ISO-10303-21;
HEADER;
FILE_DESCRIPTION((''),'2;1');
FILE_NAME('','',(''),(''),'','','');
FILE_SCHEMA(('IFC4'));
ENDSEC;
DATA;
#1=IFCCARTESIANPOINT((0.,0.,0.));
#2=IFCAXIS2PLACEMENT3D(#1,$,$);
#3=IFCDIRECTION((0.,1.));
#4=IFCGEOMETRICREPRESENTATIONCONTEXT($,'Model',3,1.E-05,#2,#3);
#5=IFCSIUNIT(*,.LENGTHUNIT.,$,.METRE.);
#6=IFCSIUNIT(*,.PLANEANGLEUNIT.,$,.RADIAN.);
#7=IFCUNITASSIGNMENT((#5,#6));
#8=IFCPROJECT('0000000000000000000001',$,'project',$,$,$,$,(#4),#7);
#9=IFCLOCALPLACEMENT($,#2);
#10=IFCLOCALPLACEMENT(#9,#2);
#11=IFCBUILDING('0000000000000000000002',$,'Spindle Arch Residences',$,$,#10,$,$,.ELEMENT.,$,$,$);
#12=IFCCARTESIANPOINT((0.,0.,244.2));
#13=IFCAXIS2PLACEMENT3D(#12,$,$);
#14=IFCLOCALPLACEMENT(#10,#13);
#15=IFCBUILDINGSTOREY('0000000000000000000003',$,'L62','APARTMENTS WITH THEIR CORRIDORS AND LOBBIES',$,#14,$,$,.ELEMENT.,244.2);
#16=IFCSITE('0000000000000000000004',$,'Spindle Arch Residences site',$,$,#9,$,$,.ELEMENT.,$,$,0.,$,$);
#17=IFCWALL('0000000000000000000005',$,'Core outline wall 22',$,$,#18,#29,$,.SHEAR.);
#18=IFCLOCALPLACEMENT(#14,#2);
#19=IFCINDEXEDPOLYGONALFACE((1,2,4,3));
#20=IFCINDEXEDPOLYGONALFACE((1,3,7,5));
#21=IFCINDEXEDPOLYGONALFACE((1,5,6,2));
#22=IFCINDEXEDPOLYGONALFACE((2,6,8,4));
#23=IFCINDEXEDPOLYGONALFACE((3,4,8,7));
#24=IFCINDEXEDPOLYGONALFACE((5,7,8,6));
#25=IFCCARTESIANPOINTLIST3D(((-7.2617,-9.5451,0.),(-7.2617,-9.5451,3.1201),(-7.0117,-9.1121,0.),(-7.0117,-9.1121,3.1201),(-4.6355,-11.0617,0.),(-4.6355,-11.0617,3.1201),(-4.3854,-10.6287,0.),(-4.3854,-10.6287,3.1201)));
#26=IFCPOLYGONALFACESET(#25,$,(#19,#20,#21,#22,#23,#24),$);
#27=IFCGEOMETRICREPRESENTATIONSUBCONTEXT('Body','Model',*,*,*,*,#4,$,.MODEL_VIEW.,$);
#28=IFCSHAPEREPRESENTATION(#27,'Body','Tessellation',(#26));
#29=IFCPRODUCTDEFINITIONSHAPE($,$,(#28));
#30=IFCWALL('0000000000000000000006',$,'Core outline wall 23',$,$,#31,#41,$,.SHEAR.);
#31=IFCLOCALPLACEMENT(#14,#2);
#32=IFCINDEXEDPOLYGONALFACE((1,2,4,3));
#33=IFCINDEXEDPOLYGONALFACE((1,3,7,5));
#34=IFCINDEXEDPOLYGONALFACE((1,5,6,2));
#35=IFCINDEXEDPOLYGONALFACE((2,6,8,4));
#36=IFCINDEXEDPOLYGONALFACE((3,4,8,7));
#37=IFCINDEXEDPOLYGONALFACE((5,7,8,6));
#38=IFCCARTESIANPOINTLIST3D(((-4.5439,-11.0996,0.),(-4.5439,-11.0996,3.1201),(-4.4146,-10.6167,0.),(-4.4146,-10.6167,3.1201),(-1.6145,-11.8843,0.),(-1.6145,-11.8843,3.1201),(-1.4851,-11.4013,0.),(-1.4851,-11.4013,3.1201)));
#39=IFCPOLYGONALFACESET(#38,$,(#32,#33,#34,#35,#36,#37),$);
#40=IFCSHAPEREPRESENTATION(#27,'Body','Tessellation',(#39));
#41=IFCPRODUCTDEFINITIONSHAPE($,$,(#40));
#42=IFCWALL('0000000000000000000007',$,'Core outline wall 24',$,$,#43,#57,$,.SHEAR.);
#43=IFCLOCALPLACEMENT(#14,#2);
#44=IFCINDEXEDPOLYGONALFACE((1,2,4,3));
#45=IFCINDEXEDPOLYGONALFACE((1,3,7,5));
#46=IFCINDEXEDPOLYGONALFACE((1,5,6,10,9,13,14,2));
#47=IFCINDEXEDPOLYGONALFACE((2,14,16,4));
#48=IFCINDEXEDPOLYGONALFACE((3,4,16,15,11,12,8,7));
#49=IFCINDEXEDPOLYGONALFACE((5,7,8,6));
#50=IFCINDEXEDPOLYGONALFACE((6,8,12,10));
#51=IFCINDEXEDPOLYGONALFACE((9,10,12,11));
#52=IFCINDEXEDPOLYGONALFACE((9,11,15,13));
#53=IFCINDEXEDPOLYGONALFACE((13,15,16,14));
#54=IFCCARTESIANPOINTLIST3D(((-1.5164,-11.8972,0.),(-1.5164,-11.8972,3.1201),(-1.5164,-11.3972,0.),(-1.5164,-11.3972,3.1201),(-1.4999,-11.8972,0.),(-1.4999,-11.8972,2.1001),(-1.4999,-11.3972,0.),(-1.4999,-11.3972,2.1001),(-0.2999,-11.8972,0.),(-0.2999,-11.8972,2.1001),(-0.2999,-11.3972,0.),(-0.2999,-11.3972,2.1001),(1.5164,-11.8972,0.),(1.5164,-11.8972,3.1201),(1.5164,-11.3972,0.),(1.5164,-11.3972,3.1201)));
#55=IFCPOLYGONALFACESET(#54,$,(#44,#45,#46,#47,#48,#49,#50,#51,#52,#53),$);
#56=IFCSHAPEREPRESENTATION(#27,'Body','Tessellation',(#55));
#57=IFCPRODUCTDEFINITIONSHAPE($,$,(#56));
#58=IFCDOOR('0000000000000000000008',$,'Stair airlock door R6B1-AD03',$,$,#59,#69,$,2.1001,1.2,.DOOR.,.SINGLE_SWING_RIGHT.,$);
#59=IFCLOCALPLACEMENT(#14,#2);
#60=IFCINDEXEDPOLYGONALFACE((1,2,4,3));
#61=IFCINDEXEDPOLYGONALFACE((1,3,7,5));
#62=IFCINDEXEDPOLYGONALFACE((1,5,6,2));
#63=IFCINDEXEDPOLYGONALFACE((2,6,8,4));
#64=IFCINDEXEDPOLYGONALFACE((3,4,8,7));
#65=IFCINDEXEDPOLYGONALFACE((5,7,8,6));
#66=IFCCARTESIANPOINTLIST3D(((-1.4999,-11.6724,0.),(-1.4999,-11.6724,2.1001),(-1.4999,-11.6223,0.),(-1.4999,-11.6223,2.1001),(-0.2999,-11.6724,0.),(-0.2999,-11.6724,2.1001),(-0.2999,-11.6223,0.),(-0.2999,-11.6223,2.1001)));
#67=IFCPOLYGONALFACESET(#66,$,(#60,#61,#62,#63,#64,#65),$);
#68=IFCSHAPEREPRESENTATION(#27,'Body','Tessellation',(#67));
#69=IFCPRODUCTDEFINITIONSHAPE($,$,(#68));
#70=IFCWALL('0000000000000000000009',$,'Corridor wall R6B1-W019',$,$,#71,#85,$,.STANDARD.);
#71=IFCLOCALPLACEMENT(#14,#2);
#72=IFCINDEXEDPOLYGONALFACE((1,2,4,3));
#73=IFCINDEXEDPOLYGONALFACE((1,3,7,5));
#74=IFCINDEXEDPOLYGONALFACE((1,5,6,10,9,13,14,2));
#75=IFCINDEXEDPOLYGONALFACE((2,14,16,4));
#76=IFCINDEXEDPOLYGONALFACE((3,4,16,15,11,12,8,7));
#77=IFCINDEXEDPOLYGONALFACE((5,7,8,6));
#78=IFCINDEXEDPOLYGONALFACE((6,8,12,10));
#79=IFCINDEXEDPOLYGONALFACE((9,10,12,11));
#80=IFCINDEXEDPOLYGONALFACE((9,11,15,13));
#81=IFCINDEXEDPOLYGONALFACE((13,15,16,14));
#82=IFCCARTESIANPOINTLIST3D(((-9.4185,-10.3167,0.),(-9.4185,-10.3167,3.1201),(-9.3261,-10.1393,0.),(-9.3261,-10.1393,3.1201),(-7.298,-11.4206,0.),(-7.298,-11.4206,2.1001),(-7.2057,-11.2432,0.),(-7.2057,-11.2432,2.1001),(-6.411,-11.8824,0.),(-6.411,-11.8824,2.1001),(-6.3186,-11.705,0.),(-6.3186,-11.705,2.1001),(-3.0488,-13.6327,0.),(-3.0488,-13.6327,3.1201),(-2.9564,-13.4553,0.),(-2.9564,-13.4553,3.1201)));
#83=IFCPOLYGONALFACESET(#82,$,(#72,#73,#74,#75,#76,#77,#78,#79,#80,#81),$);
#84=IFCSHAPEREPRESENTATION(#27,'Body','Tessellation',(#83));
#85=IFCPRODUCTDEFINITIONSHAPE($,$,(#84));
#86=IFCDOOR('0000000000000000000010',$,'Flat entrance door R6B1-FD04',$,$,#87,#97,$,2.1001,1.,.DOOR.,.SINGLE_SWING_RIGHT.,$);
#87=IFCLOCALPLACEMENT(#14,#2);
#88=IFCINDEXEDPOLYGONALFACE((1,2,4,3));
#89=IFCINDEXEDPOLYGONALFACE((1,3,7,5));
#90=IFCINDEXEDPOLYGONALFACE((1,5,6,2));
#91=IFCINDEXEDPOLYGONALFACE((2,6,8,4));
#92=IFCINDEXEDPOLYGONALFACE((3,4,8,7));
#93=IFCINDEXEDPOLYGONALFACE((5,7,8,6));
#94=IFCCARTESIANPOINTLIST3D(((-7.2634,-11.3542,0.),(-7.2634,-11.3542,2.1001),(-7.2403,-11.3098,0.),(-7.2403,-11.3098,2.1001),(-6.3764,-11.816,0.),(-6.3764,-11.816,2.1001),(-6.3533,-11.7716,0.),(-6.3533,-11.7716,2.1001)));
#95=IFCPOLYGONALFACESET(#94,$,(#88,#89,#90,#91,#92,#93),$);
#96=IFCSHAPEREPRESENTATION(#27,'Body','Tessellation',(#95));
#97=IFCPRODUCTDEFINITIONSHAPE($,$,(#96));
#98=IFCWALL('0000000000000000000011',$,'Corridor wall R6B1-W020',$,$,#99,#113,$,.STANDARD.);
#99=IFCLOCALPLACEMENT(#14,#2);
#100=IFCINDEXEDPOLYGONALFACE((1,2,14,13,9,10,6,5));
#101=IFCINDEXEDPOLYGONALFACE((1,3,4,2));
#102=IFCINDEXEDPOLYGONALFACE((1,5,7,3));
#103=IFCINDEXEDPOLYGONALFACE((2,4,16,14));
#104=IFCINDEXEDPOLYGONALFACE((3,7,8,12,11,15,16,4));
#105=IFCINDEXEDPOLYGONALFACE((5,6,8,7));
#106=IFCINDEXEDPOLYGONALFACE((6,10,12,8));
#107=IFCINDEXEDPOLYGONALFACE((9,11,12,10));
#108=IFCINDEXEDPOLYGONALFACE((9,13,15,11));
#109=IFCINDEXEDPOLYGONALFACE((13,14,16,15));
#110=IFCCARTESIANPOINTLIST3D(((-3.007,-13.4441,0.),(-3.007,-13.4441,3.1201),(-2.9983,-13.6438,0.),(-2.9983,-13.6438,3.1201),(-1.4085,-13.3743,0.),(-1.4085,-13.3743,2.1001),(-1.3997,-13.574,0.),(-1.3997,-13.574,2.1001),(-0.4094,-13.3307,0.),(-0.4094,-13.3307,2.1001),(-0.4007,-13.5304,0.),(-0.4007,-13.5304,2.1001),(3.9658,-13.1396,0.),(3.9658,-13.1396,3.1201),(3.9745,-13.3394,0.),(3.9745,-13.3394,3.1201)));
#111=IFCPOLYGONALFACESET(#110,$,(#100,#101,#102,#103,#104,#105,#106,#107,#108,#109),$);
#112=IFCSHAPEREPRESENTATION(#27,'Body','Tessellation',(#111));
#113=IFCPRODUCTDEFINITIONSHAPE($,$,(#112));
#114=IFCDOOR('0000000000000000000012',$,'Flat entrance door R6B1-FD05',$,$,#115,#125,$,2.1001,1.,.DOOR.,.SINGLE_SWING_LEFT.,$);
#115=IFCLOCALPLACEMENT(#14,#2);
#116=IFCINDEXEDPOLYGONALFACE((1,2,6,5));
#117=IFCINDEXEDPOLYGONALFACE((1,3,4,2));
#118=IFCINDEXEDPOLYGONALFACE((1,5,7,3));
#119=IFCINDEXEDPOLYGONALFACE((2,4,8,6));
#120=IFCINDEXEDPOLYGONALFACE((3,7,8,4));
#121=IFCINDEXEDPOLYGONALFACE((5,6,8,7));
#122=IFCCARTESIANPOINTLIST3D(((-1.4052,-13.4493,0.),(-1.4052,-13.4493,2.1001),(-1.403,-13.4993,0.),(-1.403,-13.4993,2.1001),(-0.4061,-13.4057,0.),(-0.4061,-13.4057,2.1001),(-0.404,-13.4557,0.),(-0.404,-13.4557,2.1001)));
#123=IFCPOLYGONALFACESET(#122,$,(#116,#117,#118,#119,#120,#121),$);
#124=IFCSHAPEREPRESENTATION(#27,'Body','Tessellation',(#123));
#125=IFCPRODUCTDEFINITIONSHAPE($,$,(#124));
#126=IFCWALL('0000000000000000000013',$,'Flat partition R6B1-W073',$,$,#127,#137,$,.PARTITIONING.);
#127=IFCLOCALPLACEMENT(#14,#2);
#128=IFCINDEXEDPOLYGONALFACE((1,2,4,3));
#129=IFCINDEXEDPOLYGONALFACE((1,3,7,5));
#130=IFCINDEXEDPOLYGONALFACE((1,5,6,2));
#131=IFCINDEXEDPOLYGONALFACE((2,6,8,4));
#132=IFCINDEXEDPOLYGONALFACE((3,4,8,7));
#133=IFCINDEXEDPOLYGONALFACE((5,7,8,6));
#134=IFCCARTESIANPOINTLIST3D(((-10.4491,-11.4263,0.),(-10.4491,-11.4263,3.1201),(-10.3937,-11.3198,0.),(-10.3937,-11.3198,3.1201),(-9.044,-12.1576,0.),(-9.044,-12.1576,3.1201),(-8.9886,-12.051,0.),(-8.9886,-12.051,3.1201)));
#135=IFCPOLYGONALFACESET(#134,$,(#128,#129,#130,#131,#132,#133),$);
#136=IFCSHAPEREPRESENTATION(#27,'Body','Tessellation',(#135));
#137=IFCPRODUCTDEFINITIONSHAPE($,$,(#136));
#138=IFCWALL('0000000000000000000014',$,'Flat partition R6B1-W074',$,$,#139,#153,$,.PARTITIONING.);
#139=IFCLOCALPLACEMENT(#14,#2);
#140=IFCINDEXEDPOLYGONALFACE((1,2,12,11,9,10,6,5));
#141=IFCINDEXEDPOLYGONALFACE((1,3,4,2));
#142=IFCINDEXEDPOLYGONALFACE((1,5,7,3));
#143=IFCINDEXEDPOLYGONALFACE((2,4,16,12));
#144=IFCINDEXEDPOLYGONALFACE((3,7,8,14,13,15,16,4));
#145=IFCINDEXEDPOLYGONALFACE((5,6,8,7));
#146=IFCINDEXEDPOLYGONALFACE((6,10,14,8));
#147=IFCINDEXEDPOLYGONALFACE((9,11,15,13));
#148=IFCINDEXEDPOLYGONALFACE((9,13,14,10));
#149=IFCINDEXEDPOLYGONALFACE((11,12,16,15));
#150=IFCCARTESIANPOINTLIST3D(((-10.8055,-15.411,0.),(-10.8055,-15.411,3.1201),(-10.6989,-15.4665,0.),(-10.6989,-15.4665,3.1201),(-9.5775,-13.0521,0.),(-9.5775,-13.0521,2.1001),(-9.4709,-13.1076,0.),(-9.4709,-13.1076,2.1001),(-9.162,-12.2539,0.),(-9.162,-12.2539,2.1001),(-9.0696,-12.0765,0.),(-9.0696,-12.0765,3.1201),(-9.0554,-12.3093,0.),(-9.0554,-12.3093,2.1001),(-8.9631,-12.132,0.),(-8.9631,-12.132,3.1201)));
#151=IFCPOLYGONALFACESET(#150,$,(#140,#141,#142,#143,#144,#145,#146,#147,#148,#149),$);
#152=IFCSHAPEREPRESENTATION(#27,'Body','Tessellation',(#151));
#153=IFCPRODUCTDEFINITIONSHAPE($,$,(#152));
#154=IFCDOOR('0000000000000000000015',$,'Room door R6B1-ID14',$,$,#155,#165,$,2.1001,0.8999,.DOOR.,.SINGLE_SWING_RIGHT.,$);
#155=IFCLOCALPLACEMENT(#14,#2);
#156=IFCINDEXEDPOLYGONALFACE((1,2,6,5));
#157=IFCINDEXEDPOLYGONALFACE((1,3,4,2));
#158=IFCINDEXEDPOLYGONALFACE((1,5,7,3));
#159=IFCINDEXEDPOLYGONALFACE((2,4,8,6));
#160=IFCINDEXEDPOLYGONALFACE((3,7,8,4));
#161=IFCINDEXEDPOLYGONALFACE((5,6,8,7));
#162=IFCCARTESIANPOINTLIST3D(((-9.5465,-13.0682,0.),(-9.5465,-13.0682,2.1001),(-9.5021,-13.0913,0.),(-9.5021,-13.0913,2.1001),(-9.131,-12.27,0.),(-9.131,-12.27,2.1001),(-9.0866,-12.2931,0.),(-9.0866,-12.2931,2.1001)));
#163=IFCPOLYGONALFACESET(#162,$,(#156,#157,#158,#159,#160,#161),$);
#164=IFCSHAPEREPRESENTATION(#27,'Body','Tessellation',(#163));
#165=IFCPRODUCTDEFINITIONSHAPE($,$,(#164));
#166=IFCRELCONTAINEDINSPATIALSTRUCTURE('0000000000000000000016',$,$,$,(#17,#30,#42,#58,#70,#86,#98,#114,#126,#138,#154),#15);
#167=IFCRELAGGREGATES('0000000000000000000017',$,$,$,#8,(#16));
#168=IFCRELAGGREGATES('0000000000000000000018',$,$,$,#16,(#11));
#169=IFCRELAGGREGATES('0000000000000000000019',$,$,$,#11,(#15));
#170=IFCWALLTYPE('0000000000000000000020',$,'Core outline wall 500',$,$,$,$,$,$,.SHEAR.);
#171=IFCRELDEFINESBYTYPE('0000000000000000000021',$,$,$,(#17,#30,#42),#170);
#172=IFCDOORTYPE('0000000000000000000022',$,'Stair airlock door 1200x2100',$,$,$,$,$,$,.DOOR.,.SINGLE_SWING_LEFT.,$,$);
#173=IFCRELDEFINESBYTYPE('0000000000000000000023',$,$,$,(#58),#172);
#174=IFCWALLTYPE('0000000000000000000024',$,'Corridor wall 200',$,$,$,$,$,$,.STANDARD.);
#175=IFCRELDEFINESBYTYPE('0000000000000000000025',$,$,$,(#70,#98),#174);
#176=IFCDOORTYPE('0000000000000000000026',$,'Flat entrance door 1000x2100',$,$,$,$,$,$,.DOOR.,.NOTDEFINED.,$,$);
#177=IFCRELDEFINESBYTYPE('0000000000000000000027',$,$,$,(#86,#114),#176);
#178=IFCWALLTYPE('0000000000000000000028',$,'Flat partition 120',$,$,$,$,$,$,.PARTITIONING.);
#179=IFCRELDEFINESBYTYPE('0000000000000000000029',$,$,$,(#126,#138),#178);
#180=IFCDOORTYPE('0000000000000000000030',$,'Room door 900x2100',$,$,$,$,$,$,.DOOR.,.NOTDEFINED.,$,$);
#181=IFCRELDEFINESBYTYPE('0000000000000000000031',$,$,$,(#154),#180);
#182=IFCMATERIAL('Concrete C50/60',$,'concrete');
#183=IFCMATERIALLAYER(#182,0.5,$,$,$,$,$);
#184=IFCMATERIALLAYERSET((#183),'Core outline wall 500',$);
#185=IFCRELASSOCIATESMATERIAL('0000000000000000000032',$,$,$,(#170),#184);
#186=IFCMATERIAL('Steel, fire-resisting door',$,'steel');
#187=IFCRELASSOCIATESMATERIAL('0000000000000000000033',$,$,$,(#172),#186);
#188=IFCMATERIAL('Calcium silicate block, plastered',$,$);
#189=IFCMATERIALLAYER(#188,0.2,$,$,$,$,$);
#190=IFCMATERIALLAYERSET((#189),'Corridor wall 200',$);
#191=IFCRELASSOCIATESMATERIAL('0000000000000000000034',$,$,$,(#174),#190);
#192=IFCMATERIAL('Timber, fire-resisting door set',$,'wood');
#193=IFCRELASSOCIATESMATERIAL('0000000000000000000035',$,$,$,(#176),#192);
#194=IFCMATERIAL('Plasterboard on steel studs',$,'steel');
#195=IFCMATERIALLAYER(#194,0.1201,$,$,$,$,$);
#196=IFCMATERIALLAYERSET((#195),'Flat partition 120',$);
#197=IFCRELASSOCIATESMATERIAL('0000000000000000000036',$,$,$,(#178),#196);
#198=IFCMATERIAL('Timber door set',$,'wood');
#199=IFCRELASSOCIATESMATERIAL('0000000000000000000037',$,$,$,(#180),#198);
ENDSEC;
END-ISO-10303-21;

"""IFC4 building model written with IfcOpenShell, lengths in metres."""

from ifc_helpers import new_model, si_unit, direction, frame, frame_2d, origin, place, context, subcontext, project, spatial, rectangle, extrude, material, layer, layer_set, type_object, element, fill, save


model = new_model("IFC4")

# Units and contexts
model_context = context("Model", 3, precision=1e-05, world=origin(), true_north=direction((0.0, 1.0)))
body_context = subcontext(model_context, "Body", "Model", "MODEL_VIEW")
ifc_project = project(units=[si_unit("LENGTHUNIT", "METRE"), si_unit("PLANEANGLEUNIT", "RADIAN")], contexts=[model_context])

# Site, building, storey
site_placement = place(None, origin())
site = spatial("IfcSite", under=ifc_project, at=site_placement, Name="Spindle Arch Residences site", CompositionType="ELEMENT", RefElevation=0.0)
building_placement = place(site_placement, origin())
building = spatial("IfcBuilding", under=site, at=building_placement, Name="Spindle Arch Residences", CompositionType="ELEMENT")
storey_placement = place(building_placement, frame((0.0, 0.0, 244.2)))
storey = spatial("IfcBuildingStorey", under=building, at=storey_placement, Name="L62", Description="APARTMENTS WITH THEIR CORRIDORS AND LOBBIES", CompositionType="ELEMENT", Elevation=244.2)

# Walls
ifc_material_1 = material(Name="Concrete C50/60", Category="concrete")
ifc_layer_1 = layer(ifc_material_1, 0.5)
ifc_layer_set_1 = layer_set([ifc_layer_1], Name="Core outline wall 500")
wall_type_1 = type_object("IfcWallType", Name="Core outline wall 500", PredefinedType="SHEAR", material=ifc_layer_set_1)
for number, where, z_axis, x_axis, name in (
    (1, (-7.1367, -9.3286, 0.0), (0.0, 0.0, 1.0), (0.865975, -0.500087, 0.0), "Core outline wall 22"),
    (2, (-4.4792, -10.8582, 0.0), (0.0, 0.0, 1.0), (0.965948, -0.258735, 0.0), "Core outline wall 23"),
):
    element("IfcWall", number, at=place(storey_placement, frame(where, z_axis=z_axis, x_axis=x_axis)), inside=storey, type_object=wall_type_1, Name=name, PredefinedType="SHEAR", context=body_context, shape_type="SweptSolid", body=[
        extrude(rectangle(XDim=3.0327, YDim=0.5, at=frame_2d((1.5164, 0.0))), origin(), (0.0, 0.0, 1.0), 3.1201),
    ])

# Walls, openings, doors
wall_1_placement = place(storey_placement, frame((-1.5164, -11.6472, 0.0), z_axis=(0.0, 0.0, 1.0), x_axis=(1.0, 0.0, 0.0)))
wall_1 = element("IfcWall", 3, at=wall_1_placement, inside=storey, type_object=wall_type_1, Name="Core outline wall 24", PredefinedType="SHEAR", context=body_context, shape_type="SweptSolid", body=[
    extrude(rectangle(XDim=3.0327, YDim=0.5, at=frame_2d((1.5164, 0.0))), origin(), (0.0, 0.0, 1.0), 3.1201),
])
opening_1_placement = place(wall_1_placement, frame((0.0164, 0.0, 0.0)))
opening_1 = element("IfcOpeningElement", 4, at=opening_1_placement, cuts=wall_1, PredefinedType="OPENING", context=body_context, shape_type="SweptSolid", body=[
    extrude(rectangle(XDim=1.2, YDim=2.1001, at=frame_2d((0.6001, 1.05))), frame((0.0, 0.26, 0.0), z_axis=(0.0, -1.0, 0.0), x_axis=(1.0, 0.0, 0.0)), (0.0, 0.0, 1.0), 0.52),
])
ifc_material_2 = material(Name="Steel, fire-resisting door", Category="steel")
door_type_1 = type_object("IfcDoorType", Name="Stair airlock door 1200x2100", OperationType="SINGLE_SWING_LEFT", PredefinedType="DOOR", material=ifc_material_2)
door_1_placement = place(opening_1_placement, origin())
door_1 = element("IfcDoor", 5, at=door_1_placement, inside=storey, type_object=door_type_1, Name="Stair airlock door R6B1-AD03", OperationType="SINGLE_SWING_RIGHT", OverallHeight=2.1001, OverallWidth=1.2, PredefinedType="DOOR", context=body_context, shape_type="SweptSolid", body=[
    extrude(rectangle(XDim=1.2, YDim=2.1001, at=frame_2d((0.6001, 1.05))), frame((0.0, 0.0249, 0.0), z_axis=(0.0, -1.0, 0.0), x_axis=(1.0, 0.0, 0.0)), (0.0, 0.0, 1.0), 0.05),
])
fill(opening_1, door_1)
ifc_material_3 = material(Name="Calcium silicate block, plastered")
ifc_layer_2 = layer(ifc_material_3, 0.2)
ifc_layer_set_2 = layer_set([ifc_layer_2], Name="Corridor wall 200")
wall_type_2 = type_object("IfcWallType", Name="Corridor wall 200", PredefinedType="STANDARD", material=ifc_layer_set_2)
wall_2_placement = place(storey_placement, frame((-9.3723, -10.228, 0.0), z_axis=(0.0, 0.0, 1.0), x_axis=(0.887005, -0.461759, 0.0)))
wall_2 = element("IfcWall", 6, at=wall_2_placement, inside=storey, type_object=wall_type_2, Name="Corridor wall R6B1-W019", PredefinedType="STANDARD", context=body_context, shape_type="SweptSolid", body=[
    extrude(rectangle(XDim=7.1812, YDim=0.2, at=frame_2d((3.5906, 0.0))), origin(), (0.0, 0.0, 1.0), 3.1201),
])
opening_2_placement = place(wall_2_placement, frame((2.3906, 0.0, 0.0)))
opening_2 = element("IfcOpeningElement", 7, at=opening_2_placement, cuts=wall_2, PredefinedType="OPENING", context=body_context, shape_type="SweptSolid", body=[
    extrude(rectangle(XDim=1.0, YDim=2.1001, at=frame_2d((0.5, 1.05))), frame((0.0, 0.1099, 0.0), z_axis=(0.0, -1.0, 0.0), x_axis=(1.0, 0.0, 0.0)), (0.0, 0.0, 1.0), 0.22),
])
ifc_material_4 = material(Name="Timber, fire-resisting door set", Category="wood")
door_type_2 = type_object("IfcDoorType", Name="Flat entrance door 1000x2100", OperationType="NOTDEFINED", PredefinedType="DOOR", material=ifc_material_4)
door_2_placement = place(opening_2_placement, origin())
door_2 = element("IfcDoor", 8, at=door_2_placement, inside=storey, type_object=door_type_2, Name="Flat entrance door R6B1-FD04", OperationType="SINGLE_SWING_RIGHT", OverallHeight=2.1001, OverallWidth=1.0, PredefinedType="DOOR", context=body_context, shape_type="SweptSolid", body=[
    extrude(rectangle(XDim=1.0, YDim=2.1001, at=frame_2d((0.5, 1.05))), frame((0.0, 0.0249, 0.0), z_axis=(0.0, -1.0, 0.0), x_axis=(1.0, 0.0, 0.0)), (0.0, 0.0, 1.0), 0.05),
])
fill(opening_2, door_2)
wall_3_placement = place(storey_placement, frame((-3.0027, -13.5439, 0.0), z_axis=(0.0, 0.0, 1.0), x_axis=(0.999048, 0.043619, 0.0)))
wall_3 = element("IfcWall", 9, at=wall_3_placement, inside=storey, type_object=wall_type_2, Name="Corridor wall R6B1-W020", PredefinedType="STANDARD", context=body_context, shape_type="SweptSolid", body=[
    extrude(rectangle(XDim=6.9795, YDim=0.2, at=frame_2d((3.4897, 0.0))), origin(), (0.0, 0.0, 1.0), 3.1201),
])
opening_3_placement = place(wall_3_placement, frame((1.6001, 0.0, 0.0)))
opening_3 = element("IfcOpeningElement", 10, at=opening_3_placement, cuts=wall_3, PredefinedType="OPENING", context=body_context, shape_type="SweptSolid", body=[
    extrude(rectangle(XDim=1.0, YDim=2.1001, at=frame_2d((0.5, 1.05))), frame((0.0, 0.1099, 0.0), z_axis=(0.0, -1.0, 0.0), x_axis=(1.0, 0.0, 0.0)), (0.0, 0.0, 1.0), 0.22),
])
door_3_placement = place(opening_3_placement, origin())
door_3 = element("IfcDoor", 11, at=door_3_placement, inside=storey, type_object=door_type_2, Name="Flat entrance door R6B1-FD05", OperationType="SINGLE_SWING_LEFT", OverallHeight=2.1001, OverallWidth=1.0, PredefinedType="DOOR", context=body_context, shape_type="SweptSolid", body=[
    extrude(rectangle(XDim=1.0, YDim=2.1001, at=frame_2d((0.5, 1.05))), frame((0.0, 0.0249, 0.0), z_axis=(0.0, -1.0, 0.0), x_axis=(1.0, 0.0, 0.0)), (0.0, 0.0, 1.0), 0.05),
])
fill(opening_3, door_3)

# Wall
ifc_material_5 = material(Name="Plasterboard on steel studs", Category="steel")
ifc_layer_3 = layer(ifc_material_5, 0.1201)
ifc_layer_set_3 = layer_set([ifc_layer_3], Name="Flat partition 120")
wall_type_3 = type_object("IfcWallType", Name="Flat partition 120", PredefinedType="PARTITIONING", material=ifc_layer_set_3)
wall_4_placement = place(storey_placement, frame((-10.4214, -11.373, 0.0), z_axis=(0.0, 0.0, 1.0), x_axis=(0.887065, -0.461644, 0.0)))
element("IfcWall", 12, at=wall_4_placement, inside=storey, type_object=wall_type_3, Name="Flat partition R6B1-W073", PredefinedType="PARTITIONING", context=body_context, shape_type="SweptSolid", body=[
    extrude(rectangle(XDim=1.584, YDim=0.1201, at=frame_2d((0.792, 0.0))), origin(), (0.0, 0.0, 1.0), 3.1201),
])

# Wall, opening, door
wall_5_placement = place(storey_placement, frame((-9.0164, -12.1042, 0.0), z_axis=(0.0, 0.0, 1.0), x_axis=(-0.461753, -0.887008, 0.0)))
wall_5 = element("IfcWall", 13, at=wall_5_placement, inside=storey, type_object=wall_type_3, Name="Flat partition R6B1-W074", PredefinedType="PARTITIONING", context=body_context, shape_type="SweptSolid", body=[
    extrude(rectangle(XDim=3.7593, YDim=0.1201, at=frame_2d((1.8796, 0.0))), origin(), (0.0, 0.0, 1.0), 3.1201),
])
opening_4_placement = place(wall_5_placement, frame((0.2, 0.0, 0.0)))
opening_4 = element("IfcOpeningElement", 14, at=opening_4_placement, cuts=wall_5, PredefinedType="OPENING", context=body_context, shape_type="SweptSolid", body=[
    extrude(rectangle(XDim=0.8999, YDim=2.1001, at=frame_2d((0.45, 1.05))), frame((0.0, 0.0701, 0.0), z_axis=(0.0, -1.0, 0.0), x_axis=(1.0, 0.0, 0.0)), (0.0, 0.0, 1.0), 0.1401),
])
ifc_material_6 = material(Name="Timber door set", Category="wood")
door_type_3 = type_object("IfcDoorType", Name="Room door 900x2100", OperationType="NOTDEFINED", PredefinedType="DOOR", material=ifc_material_6)
door_4_placement = place(opening_4_placement, origin())
door_4 = element("IfcDoor", 15, at=door_4_placement, inside=storey, type_object=door_type_3, Name="Room door R6B1-ID14", OperationType="SINGLE_SWING_RIGHT", OverallHeight=2.1001, OverallWidth=0.8999, PredefinedType="DOOR", context=body_context, shape_type="SweptSolid", body=[
    extrude(rectangle(XDim=0.8999, YDim=2.1001, at=frame_2d((0.45, 1.05))), frame((0.0, 0.0249, 0.0), z_axis=(0.0, -1.0, 0.0), x_axis=(1.0, 0.0, 0.0)), (0.0, 0.0, 1.0), 0.05),
])
fill(opening_4, door_4)

save(model, "model.ifc")
